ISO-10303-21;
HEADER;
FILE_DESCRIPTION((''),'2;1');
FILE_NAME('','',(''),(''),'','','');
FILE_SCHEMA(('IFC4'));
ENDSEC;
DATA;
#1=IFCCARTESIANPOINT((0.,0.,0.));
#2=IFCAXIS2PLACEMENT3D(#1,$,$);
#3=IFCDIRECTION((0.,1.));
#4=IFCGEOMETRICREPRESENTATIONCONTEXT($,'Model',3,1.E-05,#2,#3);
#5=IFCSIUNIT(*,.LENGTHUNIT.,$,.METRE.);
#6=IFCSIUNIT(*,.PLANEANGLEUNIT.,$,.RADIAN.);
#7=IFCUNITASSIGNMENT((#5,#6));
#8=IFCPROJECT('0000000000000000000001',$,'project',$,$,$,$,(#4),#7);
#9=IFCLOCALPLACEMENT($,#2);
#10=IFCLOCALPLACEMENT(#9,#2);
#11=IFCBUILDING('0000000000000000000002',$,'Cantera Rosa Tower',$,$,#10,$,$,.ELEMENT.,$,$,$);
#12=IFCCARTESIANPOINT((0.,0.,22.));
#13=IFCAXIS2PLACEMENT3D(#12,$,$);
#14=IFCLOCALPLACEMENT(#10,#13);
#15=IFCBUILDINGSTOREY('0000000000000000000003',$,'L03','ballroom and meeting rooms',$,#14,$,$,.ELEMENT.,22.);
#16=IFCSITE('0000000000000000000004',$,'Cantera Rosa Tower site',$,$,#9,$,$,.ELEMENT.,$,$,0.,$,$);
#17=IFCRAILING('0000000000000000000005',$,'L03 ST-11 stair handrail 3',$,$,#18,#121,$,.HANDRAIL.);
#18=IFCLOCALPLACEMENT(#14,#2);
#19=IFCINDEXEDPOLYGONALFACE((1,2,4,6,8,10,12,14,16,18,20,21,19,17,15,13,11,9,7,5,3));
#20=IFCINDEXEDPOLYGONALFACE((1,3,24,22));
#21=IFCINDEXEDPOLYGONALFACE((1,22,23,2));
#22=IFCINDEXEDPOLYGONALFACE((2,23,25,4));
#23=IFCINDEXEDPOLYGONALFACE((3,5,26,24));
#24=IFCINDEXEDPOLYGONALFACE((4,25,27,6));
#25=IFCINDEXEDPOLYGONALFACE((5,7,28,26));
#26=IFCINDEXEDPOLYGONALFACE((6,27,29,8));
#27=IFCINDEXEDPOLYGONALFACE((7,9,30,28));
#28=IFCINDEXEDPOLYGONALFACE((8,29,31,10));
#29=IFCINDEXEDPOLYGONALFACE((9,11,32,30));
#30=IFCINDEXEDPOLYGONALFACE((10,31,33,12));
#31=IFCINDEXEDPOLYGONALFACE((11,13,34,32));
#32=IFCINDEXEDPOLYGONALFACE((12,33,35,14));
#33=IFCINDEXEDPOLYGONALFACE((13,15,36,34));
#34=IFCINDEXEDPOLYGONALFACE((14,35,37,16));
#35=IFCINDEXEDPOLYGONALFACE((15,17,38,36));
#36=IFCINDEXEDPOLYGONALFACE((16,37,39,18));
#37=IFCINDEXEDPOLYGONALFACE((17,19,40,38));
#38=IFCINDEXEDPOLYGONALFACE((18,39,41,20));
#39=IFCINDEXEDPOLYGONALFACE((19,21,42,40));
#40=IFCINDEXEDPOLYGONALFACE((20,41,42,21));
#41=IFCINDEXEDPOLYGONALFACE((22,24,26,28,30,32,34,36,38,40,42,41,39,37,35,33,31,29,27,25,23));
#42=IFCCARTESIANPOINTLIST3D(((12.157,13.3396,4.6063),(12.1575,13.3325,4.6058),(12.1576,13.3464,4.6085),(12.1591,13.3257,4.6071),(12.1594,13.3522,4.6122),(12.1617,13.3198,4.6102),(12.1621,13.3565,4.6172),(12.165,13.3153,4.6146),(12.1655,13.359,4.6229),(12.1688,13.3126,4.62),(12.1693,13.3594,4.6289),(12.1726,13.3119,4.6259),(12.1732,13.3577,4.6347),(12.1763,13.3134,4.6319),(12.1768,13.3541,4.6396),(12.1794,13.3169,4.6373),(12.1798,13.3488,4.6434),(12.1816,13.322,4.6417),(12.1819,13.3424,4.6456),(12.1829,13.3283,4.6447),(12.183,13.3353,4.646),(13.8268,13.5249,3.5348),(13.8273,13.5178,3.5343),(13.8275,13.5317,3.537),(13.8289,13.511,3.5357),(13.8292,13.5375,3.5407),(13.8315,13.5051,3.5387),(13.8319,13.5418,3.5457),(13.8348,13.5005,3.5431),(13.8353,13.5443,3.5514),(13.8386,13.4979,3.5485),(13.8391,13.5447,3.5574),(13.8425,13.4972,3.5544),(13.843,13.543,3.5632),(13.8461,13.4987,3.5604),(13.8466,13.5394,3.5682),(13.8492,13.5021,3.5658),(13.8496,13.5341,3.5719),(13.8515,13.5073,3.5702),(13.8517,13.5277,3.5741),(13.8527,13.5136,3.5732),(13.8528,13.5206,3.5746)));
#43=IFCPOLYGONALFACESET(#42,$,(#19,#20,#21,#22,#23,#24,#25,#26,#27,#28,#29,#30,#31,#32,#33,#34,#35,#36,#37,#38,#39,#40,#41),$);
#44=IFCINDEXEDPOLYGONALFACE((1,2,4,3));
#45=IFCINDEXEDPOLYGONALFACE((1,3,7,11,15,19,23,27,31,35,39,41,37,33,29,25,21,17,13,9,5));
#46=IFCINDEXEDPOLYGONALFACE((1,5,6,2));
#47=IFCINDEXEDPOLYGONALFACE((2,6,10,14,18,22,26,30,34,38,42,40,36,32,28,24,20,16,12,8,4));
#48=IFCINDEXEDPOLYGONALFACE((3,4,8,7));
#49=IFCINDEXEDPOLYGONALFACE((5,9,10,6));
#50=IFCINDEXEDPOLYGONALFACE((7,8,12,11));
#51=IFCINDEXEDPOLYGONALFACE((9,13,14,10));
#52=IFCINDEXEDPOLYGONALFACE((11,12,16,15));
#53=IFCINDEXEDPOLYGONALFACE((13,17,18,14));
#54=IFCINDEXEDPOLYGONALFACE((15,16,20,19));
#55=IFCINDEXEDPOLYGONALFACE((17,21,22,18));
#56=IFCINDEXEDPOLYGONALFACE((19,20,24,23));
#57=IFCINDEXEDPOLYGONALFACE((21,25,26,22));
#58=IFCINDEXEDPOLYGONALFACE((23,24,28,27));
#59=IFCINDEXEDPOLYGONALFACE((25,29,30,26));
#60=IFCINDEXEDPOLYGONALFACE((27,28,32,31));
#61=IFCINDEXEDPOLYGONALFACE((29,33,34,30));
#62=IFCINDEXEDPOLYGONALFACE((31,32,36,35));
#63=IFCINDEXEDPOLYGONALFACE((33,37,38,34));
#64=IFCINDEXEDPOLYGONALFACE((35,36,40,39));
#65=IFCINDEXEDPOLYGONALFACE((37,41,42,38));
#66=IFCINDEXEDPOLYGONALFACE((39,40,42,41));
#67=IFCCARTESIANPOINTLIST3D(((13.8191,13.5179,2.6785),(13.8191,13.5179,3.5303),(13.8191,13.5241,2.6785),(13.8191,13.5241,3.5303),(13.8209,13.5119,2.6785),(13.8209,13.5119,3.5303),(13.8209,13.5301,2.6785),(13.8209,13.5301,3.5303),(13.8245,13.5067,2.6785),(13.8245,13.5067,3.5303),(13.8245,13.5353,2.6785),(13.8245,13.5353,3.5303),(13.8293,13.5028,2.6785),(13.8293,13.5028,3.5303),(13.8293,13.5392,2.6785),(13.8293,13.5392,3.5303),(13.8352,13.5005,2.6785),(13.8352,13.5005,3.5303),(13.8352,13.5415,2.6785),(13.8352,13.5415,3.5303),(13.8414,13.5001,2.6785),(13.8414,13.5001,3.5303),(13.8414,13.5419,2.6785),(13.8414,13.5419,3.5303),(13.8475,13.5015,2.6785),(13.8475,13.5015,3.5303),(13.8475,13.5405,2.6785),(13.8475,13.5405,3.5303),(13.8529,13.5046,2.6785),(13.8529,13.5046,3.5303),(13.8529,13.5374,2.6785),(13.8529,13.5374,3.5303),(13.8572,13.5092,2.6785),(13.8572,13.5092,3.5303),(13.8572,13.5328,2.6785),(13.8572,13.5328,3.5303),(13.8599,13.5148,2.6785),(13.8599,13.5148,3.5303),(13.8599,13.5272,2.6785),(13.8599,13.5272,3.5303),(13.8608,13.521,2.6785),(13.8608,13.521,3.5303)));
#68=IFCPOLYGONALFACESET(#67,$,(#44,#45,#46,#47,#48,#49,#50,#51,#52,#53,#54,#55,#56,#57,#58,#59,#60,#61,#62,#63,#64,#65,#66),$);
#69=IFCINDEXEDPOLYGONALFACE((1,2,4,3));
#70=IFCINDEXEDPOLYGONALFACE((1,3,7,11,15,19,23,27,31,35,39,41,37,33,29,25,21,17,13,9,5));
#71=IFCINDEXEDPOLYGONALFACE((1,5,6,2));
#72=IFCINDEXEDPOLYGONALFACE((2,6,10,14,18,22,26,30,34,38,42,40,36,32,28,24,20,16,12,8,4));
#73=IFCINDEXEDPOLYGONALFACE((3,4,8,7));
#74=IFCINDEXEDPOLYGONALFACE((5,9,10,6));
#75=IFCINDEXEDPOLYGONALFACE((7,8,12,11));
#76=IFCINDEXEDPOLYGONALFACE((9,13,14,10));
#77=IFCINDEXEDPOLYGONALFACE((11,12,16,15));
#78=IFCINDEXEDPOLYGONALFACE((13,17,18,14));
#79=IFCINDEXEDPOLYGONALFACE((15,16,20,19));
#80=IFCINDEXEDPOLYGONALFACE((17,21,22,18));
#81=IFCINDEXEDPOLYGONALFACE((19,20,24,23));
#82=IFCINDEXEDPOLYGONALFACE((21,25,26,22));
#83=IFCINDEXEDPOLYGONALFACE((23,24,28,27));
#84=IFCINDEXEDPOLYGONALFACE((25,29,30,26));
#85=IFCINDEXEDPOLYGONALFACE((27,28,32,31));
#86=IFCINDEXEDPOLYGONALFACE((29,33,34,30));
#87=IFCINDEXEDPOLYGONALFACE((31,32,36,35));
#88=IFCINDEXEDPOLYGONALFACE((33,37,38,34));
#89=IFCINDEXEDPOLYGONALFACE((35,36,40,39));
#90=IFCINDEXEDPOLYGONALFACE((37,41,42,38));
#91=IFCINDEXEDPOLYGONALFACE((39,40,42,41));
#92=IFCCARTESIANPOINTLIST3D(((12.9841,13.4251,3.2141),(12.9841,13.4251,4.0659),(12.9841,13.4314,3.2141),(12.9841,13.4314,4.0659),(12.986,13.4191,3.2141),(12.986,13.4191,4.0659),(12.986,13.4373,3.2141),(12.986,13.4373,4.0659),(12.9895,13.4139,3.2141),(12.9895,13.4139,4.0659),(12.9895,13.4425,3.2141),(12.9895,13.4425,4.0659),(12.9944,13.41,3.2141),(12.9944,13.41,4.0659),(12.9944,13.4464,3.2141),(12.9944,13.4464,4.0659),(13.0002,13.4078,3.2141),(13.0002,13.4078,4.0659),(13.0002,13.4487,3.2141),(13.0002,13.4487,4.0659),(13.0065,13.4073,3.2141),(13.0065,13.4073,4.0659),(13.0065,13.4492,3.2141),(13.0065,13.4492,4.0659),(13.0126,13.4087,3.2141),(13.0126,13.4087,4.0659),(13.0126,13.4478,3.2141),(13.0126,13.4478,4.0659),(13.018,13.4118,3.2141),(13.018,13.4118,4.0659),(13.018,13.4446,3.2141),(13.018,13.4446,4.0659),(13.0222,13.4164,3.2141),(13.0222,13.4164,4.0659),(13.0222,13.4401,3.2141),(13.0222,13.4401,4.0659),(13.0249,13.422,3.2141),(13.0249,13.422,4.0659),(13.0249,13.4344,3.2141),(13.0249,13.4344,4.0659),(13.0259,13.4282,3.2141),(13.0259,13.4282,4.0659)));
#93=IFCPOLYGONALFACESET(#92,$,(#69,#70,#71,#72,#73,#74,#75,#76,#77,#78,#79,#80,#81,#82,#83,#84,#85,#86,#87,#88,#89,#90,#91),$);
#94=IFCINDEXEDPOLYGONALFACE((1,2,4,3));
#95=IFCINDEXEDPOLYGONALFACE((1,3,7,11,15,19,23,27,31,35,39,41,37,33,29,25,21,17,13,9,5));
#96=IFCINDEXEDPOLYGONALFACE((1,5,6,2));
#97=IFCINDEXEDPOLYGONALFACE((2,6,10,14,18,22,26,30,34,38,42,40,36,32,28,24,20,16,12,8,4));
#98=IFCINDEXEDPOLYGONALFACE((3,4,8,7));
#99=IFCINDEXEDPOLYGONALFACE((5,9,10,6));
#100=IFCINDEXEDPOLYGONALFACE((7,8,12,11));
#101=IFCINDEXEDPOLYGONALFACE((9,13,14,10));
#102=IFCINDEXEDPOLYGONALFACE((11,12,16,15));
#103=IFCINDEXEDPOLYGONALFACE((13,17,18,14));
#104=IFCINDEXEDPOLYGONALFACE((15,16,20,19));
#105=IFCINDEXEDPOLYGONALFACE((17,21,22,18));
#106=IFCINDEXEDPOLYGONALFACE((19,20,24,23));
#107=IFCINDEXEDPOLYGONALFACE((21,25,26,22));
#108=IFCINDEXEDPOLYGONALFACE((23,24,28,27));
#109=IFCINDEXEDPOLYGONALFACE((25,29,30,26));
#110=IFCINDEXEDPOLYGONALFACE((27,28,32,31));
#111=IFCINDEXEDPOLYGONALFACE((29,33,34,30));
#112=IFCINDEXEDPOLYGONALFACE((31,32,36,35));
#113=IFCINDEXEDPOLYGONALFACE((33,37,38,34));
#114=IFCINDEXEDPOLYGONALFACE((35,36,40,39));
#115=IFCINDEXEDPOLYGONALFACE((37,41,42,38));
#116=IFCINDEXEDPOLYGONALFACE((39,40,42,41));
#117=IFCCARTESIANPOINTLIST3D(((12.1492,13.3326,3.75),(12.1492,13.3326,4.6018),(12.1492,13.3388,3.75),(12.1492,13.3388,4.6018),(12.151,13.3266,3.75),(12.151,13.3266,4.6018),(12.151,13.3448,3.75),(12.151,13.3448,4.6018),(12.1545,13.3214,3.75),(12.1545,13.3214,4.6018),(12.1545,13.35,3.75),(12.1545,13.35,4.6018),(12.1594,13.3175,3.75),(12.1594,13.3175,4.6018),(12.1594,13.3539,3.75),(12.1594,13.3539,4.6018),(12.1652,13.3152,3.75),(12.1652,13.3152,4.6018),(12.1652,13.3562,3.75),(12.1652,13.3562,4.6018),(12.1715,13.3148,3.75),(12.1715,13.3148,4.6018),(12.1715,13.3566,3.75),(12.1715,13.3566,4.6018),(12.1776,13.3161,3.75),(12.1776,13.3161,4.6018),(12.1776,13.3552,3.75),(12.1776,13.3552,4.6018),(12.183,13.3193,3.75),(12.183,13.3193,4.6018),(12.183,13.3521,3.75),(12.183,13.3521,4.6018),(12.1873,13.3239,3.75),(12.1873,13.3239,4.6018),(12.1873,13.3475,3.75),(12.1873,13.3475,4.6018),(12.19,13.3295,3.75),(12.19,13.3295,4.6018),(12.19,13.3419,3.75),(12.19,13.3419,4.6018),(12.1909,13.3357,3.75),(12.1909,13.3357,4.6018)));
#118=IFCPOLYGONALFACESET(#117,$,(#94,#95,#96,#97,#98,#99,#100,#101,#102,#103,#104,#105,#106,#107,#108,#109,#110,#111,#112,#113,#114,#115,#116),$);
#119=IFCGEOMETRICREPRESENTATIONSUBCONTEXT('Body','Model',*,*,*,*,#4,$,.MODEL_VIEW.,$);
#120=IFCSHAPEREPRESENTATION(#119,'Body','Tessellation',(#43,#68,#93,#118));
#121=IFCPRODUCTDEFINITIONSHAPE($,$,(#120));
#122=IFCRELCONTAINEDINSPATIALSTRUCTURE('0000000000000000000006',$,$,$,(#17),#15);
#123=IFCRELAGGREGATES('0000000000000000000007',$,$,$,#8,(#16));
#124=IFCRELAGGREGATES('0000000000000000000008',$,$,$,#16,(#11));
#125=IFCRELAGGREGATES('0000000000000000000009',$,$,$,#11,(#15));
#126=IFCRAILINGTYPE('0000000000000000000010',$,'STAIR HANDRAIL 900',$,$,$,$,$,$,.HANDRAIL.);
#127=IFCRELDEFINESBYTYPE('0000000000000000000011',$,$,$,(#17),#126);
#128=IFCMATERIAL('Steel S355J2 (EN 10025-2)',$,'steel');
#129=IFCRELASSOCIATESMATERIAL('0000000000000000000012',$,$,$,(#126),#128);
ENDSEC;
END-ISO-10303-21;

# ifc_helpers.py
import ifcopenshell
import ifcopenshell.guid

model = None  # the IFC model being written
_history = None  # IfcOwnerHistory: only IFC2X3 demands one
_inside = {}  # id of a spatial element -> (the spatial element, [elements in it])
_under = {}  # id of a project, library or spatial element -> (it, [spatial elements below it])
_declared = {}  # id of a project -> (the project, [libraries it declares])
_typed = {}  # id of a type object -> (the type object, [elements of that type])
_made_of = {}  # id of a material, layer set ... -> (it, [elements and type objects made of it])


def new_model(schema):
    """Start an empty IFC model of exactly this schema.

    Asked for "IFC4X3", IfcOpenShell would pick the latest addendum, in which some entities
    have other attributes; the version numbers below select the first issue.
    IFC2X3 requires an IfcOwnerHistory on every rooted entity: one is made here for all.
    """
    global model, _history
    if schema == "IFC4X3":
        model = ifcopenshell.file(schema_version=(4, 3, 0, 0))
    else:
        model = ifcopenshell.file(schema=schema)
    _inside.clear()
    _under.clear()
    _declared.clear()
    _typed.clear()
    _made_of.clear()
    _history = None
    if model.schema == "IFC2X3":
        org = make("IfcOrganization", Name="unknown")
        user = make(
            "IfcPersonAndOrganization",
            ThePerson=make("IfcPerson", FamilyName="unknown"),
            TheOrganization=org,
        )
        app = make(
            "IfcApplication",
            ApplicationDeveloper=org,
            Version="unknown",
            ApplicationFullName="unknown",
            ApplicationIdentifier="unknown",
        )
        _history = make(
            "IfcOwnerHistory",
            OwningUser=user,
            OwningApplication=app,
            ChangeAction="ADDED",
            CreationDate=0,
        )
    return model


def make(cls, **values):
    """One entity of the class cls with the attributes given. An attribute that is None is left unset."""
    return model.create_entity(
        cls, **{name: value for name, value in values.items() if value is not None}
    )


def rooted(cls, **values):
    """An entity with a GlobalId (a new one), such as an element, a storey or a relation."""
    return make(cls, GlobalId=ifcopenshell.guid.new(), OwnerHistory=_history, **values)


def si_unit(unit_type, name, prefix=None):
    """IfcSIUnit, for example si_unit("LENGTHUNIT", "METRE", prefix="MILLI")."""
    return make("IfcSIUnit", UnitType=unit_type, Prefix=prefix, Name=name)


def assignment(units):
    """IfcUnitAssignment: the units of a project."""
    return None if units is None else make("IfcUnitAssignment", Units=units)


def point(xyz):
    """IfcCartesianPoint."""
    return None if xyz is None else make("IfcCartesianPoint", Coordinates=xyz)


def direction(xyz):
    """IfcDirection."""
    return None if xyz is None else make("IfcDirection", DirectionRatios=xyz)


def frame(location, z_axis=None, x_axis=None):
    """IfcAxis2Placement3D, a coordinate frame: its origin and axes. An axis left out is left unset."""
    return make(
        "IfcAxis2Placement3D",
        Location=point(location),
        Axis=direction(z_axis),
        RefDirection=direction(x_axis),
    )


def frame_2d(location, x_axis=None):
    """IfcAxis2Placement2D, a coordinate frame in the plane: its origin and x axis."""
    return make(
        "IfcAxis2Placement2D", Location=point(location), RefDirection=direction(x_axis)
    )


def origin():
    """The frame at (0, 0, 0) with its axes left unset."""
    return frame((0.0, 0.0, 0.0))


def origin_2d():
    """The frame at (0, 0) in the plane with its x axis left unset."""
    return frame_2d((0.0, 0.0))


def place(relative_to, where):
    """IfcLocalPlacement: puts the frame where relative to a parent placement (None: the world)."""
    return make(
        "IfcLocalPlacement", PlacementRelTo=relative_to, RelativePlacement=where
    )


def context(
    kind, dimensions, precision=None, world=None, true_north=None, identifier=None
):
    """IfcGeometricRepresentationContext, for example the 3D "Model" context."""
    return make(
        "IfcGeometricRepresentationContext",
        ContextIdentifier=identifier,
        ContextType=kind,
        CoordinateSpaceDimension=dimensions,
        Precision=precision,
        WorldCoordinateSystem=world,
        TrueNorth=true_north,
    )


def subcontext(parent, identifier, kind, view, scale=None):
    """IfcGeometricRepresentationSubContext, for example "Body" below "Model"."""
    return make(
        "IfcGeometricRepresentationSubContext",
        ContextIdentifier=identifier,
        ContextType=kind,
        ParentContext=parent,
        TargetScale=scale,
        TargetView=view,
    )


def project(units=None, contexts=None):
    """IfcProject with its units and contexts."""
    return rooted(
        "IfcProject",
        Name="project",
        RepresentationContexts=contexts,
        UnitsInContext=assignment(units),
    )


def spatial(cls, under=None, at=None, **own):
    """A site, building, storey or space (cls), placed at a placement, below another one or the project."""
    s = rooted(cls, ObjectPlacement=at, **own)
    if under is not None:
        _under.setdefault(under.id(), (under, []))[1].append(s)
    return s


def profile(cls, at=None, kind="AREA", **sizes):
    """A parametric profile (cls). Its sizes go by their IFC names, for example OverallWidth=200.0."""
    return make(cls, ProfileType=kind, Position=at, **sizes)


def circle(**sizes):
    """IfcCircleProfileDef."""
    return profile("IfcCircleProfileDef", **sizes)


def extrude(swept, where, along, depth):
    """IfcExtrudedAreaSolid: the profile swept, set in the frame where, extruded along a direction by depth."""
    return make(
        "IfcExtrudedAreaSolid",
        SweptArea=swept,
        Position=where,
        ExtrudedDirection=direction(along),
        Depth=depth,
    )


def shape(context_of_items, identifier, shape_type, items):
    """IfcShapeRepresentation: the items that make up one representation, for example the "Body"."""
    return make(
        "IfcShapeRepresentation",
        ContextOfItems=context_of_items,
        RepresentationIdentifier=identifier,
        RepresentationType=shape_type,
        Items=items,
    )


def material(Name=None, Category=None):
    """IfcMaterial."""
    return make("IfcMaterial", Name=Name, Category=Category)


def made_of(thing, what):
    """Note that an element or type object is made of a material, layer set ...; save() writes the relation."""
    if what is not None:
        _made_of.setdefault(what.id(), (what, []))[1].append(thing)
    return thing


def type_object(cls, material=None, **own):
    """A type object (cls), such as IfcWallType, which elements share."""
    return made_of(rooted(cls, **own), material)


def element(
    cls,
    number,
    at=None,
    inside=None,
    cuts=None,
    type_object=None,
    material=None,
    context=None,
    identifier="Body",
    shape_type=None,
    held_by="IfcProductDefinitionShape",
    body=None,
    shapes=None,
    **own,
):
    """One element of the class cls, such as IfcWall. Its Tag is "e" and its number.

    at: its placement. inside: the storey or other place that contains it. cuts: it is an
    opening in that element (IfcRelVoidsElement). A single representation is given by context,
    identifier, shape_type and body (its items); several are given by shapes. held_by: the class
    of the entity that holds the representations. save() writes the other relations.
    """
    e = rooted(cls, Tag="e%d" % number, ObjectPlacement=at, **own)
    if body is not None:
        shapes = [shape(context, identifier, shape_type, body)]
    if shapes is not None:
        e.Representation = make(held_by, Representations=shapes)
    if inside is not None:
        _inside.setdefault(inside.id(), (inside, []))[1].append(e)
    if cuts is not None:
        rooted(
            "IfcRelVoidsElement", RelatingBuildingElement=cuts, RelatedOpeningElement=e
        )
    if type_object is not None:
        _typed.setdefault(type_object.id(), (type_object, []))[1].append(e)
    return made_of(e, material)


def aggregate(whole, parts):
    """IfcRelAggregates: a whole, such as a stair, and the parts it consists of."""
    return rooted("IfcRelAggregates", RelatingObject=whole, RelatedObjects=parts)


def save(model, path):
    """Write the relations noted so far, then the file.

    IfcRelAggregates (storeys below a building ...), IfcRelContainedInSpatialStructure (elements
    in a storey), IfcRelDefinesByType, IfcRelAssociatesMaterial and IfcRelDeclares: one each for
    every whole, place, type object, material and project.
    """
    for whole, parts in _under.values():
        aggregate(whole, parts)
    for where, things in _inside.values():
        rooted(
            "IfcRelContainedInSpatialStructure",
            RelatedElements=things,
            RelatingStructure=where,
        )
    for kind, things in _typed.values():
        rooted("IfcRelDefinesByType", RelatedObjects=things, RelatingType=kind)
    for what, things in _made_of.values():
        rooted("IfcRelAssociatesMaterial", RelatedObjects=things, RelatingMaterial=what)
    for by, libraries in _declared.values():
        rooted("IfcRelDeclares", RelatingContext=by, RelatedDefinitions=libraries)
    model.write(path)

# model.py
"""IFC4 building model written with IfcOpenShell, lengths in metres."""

from ifc_helpers import new_model, si_unit, direction, frame, origin, origin_2d, place, context, subcontext, project, spatial, circle, extrude, material, type_object, element, save


model = new_model("IFC4")

# Units and contexts
model_context = context("Model", 3, precision=1e-05, world=origin(), true_north=direction((0.0, 1.0)))
body_context = subcontext(model_context, "Body", "Model", "MODEL_VIEW")
ifc_project = project(units=[si_unit("LENGTHUNIT", "METRE"), si_unit("PLANEANGLEUNIT", "RADIAN")], contexts=[model_context])

# Site, building, storey
site_placement = place(None, origin())
site = spatial("IfcSite", under=ifc_project, at=site_placement, Name="Cantera Rosa Tower site", CompositionType="ELEMENT", RefElevation=0.0)
building_placement = place(site_placement, origin())
building = spatial("IfcBuilding", under=site, at=building_placement, Name="Cantera Rosa Tower", CompositionType="ELEMENT")
storey_placement = place(building_placement, frame((0.0, 0.0, 22.0)))
storey = spatial("IfcBuildingStorey", under=building, at=storey_placement, Name="L03", Description="ballroom and meeting rooms", CompositionType="ELEMENT", Elevation=22.0)

# Railing
ifc_material_1 = material(Name="Steel S355J2 (EN 10025-2)", Category="steel")
railing_type_1 = type_object("IfcRailingType", Name="STAIR HANDRAIL 900", PredefinedType="HANDRAIL", material=ifc_material_1)
railing_1_placement = place(storey_placement, frame((13.8398, 13.521, 2.6785)))
element("IfcRailing", 1, at=railing_1_placement, inside=storey, type_object=railing_type_1, Name="L03 ST-11 stair handrail 3", PredefinedType="HANDRAIL", context=body_context, shape_type="SweptSolid", body=[
    extrude(circle(Radius=0.0239, at=origin_2d()), frame((0.0, 0.0, 0.876), z_axis=(-0.837987, -0.092987, 0.537709), x_axis=(0.110288, -0.9939, 0.0)), (0.0, 0.0, 1.0), 1.9927),
    extrude(circle(Radius=0.021, at=origin_2d()), origin(), (0.0, 0.0, 1.0), 0.8518),
    extrude(circle(Radius=0.021, at=origin_2d()), frame((-0.835, -0.0928, 0.5356)), (0.0, 0.0, 1.0), 0.8518),
    extrude(circle(Radius=0.021, at=origin_2d()), frame((-1.6699, -0.1853, 1.0715)), (0.0, 0.0, 1.0), 0.8518),
])

save(model, "model.ifc")
